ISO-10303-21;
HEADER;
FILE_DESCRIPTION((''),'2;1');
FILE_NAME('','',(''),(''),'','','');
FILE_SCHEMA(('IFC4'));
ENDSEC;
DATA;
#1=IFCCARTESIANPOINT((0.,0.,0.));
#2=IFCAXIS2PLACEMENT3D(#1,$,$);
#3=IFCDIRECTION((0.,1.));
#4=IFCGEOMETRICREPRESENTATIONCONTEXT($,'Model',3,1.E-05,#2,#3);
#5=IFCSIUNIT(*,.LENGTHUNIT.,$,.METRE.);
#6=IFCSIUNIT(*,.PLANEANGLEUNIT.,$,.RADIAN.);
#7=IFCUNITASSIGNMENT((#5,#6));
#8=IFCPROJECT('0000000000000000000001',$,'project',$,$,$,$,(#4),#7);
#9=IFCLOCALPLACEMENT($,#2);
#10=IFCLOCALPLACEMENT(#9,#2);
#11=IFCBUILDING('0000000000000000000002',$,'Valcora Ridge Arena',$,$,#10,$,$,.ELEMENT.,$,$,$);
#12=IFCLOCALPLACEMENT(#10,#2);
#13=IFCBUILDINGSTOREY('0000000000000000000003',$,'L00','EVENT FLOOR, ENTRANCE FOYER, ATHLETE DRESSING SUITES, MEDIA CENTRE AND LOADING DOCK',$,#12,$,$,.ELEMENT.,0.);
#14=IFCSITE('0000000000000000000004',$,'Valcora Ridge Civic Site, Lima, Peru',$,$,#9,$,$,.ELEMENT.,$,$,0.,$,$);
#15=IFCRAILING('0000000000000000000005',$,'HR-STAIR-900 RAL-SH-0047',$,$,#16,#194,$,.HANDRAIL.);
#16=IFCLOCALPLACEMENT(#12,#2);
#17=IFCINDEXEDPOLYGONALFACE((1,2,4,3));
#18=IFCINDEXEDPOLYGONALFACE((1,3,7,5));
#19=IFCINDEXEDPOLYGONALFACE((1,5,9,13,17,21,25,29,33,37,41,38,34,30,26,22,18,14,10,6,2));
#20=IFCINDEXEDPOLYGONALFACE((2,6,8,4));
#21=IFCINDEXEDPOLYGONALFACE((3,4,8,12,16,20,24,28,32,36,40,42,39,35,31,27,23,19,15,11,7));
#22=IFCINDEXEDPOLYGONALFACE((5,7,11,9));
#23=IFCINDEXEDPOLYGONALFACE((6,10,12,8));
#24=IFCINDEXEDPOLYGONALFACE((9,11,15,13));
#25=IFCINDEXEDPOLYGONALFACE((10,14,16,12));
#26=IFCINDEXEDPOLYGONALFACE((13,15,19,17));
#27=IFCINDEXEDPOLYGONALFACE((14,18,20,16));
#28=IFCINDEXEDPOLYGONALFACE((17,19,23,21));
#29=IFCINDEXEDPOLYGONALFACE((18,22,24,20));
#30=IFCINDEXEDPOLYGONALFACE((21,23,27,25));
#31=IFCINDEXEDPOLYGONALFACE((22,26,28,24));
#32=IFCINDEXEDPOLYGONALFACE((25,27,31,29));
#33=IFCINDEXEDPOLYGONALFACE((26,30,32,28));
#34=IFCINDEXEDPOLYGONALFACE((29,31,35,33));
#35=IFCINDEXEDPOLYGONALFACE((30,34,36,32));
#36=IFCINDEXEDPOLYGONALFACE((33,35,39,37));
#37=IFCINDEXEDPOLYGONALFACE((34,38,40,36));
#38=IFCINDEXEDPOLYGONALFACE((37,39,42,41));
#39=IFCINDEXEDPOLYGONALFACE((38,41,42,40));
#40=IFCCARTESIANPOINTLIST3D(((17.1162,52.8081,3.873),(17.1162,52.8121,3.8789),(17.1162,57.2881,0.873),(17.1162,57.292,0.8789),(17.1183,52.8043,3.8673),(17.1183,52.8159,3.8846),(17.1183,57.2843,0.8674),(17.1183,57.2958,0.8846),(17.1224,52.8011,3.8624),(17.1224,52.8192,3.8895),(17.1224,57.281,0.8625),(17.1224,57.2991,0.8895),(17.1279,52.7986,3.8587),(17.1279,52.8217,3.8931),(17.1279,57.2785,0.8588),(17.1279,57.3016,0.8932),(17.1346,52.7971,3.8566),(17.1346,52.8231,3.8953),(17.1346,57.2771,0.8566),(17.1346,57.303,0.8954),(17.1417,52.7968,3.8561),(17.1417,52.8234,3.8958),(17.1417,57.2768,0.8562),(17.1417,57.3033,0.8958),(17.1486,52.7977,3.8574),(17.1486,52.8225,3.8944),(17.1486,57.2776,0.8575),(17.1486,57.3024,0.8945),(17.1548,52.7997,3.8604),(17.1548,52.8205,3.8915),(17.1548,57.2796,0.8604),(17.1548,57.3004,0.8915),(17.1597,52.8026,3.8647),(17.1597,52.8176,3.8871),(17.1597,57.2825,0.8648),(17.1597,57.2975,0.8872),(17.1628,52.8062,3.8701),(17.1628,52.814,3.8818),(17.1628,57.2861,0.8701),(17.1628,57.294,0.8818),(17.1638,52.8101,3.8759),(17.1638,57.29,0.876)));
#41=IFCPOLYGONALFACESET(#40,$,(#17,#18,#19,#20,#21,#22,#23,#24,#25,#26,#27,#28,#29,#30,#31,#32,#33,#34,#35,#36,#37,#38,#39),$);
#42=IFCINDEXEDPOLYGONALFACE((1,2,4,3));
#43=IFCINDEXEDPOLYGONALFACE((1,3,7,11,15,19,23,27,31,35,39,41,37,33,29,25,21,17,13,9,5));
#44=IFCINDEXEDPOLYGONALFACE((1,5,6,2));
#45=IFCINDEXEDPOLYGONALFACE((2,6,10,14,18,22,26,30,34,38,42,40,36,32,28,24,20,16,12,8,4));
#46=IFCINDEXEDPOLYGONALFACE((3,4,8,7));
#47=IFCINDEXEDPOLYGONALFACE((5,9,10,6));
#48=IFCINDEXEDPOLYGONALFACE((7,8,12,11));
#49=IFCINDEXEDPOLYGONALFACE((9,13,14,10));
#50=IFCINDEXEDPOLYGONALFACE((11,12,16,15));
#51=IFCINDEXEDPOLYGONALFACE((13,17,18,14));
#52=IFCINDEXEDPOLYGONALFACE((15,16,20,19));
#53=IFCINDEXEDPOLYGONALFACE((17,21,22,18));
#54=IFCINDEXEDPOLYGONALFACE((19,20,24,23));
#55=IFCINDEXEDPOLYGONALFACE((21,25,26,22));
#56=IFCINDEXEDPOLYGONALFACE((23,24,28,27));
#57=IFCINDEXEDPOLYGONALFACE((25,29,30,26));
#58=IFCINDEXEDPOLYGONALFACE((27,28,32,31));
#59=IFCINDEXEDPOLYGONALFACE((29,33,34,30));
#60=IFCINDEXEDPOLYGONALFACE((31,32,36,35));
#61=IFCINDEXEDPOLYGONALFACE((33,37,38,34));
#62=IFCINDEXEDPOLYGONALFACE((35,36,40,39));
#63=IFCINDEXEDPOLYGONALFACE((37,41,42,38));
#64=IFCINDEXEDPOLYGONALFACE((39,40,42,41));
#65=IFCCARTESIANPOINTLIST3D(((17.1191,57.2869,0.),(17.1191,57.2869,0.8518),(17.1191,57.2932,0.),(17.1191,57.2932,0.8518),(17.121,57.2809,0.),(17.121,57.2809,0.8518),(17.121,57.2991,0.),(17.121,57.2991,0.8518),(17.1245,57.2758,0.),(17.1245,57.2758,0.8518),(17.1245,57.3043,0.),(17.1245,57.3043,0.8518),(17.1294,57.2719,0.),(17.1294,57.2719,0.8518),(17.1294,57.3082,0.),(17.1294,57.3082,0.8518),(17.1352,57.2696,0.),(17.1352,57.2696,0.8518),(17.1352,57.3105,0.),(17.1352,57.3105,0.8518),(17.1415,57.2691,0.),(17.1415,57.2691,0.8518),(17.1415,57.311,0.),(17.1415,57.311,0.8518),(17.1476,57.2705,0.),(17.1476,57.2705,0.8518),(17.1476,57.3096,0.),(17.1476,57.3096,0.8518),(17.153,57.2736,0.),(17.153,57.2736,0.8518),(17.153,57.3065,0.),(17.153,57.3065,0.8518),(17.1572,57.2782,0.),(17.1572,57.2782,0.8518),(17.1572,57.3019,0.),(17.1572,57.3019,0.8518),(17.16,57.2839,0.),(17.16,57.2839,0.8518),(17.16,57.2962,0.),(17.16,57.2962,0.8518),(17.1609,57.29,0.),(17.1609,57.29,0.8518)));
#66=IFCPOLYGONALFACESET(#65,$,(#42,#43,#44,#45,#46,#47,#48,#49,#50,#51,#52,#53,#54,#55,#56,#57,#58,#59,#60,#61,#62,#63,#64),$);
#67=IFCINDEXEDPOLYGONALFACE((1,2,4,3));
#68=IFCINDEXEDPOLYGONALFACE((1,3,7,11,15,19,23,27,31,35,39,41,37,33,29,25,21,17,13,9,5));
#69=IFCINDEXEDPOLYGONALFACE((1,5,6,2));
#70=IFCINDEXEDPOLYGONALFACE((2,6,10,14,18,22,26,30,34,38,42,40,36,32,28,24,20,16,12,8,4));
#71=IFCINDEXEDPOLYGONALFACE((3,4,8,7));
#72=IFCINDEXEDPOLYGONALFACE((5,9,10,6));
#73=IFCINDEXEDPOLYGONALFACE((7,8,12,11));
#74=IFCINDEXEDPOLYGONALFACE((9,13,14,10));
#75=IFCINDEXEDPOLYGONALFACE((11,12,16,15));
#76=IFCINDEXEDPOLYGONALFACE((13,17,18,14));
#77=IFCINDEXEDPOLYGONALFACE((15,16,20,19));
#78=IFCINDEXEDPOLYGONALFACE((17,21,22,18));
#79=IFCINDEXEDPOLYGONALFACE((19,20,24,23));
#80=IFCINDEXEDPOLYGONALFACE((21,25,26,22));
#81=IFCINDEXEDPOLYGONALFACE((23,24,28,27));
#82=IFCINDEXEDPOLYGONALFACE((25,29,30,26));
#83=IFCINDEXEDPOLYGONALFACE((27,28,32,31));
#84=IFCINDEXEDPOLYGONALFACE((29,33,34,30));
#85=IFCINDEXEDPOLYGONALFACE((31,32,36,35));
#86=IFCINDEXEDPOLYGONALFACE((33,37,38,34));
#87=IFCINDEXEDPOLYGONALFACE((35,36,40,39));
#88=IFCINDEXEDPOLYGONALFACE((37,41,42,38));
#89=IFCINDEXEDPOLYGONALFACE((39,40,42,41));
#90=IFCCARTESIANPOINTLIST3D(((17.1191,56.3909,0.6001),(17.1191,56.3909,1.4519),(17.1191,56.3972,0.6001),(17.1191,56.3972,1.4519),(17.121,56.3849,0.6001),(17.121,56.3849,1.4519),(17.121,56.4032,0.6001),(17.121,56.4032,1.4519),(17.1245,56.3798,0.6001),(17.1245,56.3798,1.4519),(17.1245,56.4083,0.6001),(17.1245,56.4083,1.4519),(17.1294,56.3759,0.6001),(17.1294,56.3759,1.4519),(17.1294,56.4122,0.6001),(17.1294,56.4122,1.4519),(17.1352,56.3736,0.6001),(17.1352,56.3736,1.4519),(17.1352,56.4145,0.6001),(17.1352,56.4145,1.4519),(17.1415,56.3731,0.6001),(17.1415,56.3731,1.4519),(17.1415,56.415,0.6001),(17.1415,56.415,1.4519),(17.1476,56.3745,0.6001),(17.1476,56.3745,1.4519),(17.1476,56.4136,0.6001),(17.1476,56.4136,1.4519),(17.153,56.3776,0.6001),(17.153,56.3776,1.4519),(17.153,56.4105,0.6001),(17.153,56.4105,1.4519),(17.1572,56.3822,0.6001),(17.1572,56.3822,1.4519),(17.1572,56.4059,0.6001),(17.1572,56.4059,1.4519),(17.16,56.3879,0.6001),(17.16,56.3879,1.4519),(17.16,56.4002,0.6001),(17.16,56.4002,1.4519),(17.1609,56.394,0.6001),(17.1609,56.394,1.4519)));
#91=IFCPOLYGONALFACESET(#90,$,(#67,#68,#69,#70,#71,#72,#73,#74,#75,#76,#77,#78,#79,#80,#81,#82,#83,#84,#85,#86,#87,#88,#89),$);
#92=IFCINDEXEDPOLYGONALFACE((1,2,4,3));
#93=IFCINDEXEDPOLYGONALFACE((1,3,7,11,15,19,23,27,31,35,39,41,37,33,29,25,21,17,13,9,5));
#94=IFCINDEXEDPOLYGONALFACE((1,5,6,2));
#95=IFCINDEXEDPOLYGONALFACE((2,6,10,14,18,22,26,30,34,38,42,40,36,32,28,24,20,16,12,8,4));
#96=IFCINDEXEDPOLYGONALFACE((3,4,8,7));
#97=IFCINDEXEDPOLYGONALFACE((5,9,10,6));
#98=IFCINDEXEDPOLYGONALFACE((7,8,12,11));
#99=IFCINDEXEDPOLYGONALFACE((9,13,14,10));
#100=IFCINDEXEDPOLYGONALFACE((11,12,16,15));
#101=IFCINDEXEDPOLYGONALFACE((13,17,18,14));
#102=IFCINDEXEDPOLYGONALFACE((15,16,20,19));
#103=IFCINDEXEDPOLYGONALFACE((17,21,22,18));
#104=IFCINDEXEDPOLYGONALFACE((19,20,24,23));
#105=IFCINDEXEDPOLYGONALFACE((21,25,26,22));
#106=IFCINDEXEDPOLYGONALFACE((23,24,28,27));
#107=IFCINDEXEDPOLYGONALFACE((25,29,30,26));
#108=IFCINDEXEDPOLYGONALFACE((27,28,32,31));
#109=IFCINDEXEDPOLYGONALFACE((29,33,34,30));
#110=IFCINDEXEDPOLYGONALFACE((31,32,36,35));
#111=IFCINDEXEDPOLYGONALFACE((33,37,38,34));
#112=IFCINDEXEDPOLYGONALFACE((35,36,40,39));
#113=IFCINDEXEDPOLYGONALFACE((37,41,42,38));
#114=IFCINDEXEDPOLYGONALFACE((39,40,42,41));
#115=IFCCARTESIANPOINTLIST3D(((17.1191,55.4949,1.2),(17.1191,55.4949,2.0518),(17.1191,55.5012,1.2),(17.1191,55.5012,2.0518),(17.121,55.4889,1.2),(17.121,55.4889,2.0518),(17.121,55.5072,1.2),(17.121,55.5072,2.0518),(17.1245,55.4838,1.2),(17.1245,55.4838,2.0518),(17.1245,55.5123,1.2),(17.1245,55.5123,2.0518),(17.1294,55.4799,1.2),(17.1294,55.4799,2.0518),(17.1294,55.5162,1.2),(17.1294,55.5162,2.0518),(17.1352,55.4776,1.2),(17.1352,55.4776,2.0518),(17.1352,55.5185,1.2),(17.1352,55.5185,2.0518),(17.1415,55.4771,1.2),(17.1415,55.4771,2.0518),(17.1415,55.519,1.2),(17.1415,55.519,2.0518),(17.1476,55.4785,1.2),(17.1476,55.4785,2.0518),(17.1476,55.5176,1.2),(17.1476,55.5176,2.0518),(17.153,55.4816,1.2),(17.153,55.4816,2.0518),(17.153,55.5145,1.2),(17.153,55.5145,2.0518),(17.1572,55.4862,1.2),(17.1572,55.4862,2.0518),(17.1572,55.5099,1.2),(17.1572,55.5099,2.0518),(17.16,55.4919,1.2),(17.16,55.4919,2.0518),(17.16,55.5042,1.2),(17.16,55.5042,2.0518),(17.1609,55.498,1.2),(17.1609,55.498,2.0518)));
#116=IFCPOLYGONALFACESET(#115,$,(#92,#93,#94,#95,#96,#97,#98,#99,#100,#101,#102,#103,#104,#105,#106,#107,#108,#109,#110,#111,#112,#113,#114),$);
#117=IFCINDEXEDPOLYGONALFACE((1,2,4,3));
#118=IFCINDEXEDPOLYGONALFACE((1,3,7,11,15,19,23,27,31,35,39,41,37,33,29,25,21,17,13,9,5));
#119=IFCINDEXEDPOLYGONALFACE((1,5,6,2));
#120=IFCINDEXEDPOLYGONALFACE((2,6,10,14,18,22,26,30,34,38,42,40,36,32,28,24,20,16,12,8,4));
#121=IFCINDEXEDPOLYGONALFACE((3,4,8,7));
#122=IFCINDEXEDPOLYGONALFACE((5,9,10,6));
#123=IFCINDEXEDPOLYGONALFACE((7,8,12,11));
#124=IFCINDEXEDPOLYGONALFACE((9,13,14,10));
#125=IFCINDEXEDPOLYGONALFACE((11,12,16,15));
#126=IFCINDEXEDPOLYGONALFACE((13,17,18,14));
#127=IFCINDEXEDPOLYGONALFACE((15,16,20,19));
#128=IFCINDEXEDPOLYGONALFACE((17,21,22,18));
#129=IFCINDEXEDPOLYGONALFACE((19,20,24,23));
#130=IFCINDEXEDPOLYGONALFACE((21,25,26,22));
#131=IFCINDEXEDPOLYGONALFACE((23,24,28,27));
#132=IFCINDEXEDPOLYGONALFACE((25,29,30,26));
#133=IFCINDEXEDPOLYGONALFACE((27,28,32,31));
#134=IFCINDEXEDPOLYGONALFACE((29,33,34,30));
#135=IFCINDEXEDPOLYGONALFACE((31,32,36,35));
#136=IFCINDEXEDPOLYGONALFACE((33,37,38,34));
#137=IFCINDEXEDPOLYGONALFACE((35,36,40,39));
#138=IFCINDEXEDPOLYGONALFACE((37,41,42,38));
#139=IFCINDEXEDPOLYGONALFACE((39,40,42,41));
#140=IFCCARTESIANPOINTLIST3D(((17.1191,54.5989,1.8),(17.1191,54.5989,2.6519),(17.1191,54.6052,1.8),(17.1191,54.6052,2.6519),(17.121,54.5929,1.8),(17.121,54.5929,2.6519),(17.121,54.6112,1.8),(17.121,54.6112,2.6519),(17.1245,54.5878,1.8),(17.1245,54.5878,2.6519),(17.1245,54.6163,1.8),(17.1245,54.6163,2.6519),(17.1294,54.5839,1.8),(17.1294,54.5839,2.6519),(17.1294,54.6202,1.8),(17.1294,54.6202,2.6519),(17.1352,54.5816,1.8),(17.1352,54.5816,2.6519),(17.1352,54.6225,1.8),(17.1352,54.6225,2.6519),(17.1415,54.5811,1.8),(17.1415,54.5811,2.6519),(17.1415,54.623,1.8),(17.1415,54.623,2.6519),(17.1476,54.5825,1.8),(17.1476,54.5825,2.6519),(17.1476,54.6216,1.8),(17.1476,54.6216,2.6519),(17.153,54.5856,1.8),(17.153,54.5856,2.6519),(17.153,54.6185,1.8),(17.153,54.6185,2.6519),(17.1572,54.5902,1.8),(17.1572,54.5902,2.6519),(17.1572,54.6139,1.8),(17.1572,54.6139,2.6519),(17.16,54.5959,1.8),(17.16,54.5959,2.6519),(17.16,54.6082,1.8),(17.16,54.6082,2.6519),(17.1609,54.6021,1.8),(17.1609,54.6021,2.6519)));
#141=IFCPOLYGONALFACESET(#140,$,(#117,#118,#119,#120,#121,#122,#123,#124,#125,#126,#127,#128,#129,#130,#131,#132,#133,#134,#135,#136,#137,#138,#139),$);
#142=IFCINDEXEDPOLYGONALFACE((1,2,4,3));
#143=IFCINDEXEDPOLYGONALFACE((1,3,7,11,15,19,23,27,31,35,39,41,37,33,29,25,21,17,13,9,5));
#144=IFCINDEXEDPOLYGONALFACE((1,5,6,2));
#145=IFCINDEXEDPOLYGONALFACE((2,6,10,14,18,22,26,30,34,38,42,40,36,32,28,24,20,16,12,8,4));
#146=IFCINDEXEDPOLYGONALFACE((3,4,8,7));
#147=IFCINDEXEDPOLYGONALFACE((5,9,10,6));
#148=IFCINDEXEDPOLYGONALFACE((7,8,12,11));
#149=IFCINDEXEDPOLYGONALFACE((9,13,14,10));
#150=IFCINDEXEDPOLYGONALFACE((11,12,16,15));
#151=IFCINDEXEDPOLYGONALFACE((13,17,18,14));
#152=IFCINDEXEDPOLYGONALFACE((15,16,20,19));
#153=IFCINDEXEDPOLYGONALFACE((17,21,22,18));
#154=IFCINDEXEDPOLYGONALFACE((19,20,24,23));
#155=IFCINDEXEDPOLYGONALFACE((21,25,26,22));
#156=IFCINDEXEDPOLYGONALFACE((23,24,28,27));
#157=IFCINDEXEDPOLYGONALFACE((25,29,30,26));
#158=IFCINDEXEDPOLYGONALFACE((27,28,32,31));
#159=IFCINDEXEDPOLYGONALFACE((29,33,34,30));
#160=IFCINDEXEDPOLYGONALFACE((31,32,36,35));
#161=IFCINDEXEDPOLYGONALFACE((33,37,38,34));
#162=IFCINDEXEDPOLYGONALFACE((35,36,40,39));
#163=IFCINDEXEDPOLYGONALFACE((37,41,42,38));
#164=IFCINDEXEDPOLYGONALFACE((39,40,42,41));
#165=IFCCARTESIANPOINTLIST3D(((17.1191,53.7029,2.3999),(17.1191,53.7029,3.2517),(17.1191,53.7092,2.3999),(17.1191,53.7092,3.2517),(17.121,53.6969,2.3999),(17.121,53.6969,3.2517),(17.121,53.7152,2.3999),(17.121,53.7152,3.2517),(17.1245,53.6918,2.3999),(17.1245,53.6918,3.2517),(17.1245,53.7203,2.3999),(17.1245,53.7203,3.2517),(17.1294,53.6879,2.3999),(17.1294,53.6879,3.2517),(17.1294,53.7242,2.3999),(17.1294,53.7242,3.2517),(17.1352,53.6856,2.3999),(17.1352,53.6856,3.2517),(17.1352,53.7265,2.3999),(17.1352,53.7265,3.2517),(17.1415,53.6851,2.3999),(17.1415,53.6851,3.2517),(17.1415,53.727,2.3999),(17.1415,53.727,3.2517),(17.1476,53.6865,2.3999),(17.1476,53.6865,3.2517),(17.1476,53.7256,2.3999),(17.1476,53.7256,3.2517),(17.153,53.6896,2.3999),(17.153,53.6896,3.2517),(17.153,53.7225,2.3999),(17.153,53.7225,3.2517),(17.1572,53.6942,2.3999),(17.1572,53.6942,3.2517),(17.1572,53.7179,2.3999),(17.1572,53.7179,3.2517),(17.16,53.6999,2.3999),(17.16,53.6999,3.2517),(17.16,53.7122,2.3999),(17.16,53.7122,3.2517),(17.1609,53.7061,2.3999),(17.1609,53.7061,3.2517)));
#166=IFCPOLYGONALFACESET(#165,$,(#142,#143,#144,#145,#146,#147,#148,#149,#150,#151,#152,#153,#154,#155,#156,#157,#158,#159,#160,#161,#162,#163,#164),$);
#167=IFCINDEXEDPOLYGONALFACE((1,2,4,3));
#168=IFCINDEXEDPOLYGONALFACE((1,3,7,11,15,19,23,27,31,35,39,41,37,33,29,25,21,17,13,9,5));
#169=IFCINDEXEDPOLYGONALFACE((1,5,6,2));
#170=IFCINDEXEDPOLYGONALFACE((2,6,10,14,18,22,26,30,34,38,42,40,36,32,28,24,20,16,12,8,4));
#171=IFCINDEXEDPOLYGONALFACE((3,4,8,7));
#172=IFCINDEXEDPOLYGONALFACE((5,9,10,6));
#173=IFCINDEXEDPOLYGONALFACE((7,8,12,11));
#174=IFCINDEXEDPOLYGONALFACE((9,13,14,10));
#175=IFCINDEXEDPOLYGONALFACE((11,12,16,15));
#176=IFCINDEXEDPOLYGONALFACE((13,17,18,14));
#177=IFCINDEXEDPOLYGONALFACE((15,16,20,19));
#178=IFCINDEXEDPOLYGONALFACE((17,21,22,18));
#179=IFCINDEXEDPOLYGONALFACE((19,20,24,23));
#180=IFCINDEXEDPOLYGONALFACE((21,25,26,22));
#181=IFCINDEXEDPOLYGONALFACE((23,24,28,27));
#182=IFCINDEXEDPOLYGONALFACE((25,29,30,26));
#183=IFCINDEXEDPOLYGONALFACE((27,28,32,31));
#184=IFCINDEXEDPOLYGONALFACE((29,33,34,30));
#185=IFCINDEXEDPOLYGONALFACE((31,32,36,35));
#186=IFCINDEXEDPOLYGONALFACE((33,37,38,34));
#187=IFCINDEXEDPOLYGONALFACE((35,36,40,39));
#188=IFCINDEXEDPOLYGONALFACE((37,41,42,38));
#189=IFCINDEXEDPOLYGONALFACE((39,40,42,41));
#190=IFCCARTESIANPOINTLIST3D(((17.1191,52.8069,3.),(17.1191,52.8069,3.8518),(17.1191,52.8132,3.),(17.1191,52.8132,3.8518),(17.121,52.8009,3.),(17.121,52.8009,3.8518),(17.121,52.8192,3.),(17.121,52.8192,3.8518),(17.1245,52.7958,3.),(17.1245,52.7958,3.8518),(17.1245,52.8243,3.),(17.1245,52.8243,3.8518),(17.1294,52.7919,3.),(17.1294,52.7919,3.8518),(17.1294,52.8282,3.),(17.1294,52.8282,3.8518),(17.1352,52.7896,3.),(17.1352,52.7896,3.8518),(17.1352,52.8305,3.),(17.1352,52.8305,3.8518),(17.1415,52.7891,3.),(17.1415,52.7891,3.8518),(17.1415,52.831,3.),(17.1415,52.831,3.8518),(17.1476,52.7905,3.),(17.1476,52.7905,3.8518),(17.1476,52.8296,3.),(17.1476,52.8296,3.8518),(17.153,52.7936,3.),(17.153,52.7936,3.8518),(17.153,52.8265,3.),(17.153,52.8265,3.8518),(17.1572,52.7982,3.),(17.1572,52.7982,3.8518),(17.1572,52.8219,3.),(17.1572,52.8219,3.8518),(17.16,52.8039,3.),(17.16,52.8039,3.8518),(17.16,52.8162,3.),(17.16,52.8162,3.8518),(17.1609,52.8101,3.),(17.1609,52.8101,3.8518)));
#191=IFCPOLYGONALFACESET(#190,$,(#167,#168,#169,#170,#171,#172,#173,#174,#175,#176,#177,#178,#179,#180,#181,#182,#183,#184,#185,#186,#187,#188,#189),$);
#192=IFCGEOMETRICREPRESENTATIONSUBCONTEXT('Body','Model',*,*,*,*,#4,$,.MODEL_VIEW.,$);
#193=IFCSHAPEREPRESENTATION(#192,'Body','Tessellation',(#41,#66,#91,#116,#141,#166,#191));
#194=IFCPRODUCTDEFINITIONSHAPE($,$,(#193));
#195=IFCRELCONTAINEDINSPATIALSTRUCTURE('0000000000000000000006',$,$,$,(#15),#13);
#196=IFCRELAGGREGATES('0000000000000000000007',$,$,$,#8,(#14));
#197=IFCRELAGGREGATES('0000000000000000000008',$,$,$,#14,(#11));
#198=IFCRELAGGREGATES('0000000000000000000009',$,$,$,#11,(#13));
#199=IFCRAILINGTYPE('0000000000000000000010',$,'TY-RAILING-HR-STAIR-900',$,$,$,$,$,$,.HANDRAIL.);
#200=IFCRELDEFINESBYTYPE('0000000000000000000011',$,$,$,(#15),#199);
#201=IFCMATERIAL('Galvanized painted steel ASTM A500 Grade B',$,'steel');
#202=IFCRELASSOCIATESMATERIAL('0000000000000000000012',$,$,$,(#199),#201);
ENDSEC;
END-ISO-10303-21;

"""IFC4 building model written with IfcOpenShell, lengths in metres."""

from ifc_helpers import new_model, si_unit, direction, frame, origin, origin_2d, place, context, subcontext, project, spatial, circle, extrude, material, type_object, element, save


model = new_model("IFC4")

# Units and contexts
model_context = context("Model", 3, precision=1e-05, world=origin(), true_north=direction((0.0, 1.0)))
body_context = subcontext(model_context, "Body", "Model", "MODEL_VIEW")
ifc_project = project(units=[si_unit("LENGTHUNIT", "METRE"), si_unit("PLANEANGLEUNIT", "RADIAN")], contexts=[model_context])

# Site, building, storey
site_placement = place(None, origin())
site = spatial("IfcSite", under=ifc_project, at=site_placement, Name="Valcora Ridge Civic Site, Lima, Peru", CompositionType="ELEMENT", RefElevation=0.0)
building_placement = place(site_placement, origin())
building = spatial("IfcBuilding", under=site, at=building_placement, Name="Valcora Ridge Arena", CompositionType="ELEMENT")
storey_placement = place(building_placement, origin())
storey = spatial("IfcBuildingStorey", under=building, at=storey_placement, Name="L00", Description="EVENT FLOOR, ENTRANCE FOYER, ATHLETE DRESSING SUITES, MEDIA CENTRE AND LOADING DOCK", CompositionType="ELEMENT", Elevation=0.0)

# Railing
ifc_material_1 = material(Name="Galvanized painted steel ASTM A500 Grade B", Category="steel")
railing_type_1 = type_object("IfcRailingType", Name="TY-RAILING-HR-STAIR-900", PredefinedType="HANDRAIL", material=ifc_material_1)
railing_1_placement = place(storey_placement, frame((17.1399, 57.29, 0.0)))
element("IfcRailing", 1, at=railing_1_placement, inside=storey, type_object=railing_type_1, Name="HR-STAIR-900 RAL-SH-0047", PredefinedType="HANDRAIL", context=body_context, shape_type="SweptSolid", body=[
    extrude(circle(Radius=0.0239, at=origin_2d()), frame((0.0, 0.0, 0.876), z_axis=(0.0, -0.830906, 0.556413), x_axis=(1.0, 0.0, 0.0)), (0.0, 0.0, 1.0), 5.3916),
    extrude(circle(Radius=0.021, at=origin_2d()), origin(), (0.0, 0.0, 1.0), 0.8518),
    extrude(circle(Radius=0.021, at=origin_2d()), frame((0.0, -0.896, 0.6001)), (0.0, 0.0, 1.0), 0.8518),
    extrude(circle(Radius=0.021, at=origin_2d()), frame((0.0, -1.792, 1.2)), (0.0, 0.0, 1.0), 0.8518),
    extrude(circle(Radius=0.021, at=origin_2d()), frame((0.0, -2.688, 1.8)), (0.0, 0.0, 1.0), 0.8518),
    extrude(circle(Radius=0.021, at=origin_2d()), frame((0.0, -3.584, 2.3999)), (0.0, 0.0, 1.0), 0.8518),
    extrude(circle(Radius=0.021, at=origin_2d()), frame((0.0, -4.48, 3.0)), (0.0, 0.0, 1.0), 0.8518),
])

save(model, "model.ifc")
